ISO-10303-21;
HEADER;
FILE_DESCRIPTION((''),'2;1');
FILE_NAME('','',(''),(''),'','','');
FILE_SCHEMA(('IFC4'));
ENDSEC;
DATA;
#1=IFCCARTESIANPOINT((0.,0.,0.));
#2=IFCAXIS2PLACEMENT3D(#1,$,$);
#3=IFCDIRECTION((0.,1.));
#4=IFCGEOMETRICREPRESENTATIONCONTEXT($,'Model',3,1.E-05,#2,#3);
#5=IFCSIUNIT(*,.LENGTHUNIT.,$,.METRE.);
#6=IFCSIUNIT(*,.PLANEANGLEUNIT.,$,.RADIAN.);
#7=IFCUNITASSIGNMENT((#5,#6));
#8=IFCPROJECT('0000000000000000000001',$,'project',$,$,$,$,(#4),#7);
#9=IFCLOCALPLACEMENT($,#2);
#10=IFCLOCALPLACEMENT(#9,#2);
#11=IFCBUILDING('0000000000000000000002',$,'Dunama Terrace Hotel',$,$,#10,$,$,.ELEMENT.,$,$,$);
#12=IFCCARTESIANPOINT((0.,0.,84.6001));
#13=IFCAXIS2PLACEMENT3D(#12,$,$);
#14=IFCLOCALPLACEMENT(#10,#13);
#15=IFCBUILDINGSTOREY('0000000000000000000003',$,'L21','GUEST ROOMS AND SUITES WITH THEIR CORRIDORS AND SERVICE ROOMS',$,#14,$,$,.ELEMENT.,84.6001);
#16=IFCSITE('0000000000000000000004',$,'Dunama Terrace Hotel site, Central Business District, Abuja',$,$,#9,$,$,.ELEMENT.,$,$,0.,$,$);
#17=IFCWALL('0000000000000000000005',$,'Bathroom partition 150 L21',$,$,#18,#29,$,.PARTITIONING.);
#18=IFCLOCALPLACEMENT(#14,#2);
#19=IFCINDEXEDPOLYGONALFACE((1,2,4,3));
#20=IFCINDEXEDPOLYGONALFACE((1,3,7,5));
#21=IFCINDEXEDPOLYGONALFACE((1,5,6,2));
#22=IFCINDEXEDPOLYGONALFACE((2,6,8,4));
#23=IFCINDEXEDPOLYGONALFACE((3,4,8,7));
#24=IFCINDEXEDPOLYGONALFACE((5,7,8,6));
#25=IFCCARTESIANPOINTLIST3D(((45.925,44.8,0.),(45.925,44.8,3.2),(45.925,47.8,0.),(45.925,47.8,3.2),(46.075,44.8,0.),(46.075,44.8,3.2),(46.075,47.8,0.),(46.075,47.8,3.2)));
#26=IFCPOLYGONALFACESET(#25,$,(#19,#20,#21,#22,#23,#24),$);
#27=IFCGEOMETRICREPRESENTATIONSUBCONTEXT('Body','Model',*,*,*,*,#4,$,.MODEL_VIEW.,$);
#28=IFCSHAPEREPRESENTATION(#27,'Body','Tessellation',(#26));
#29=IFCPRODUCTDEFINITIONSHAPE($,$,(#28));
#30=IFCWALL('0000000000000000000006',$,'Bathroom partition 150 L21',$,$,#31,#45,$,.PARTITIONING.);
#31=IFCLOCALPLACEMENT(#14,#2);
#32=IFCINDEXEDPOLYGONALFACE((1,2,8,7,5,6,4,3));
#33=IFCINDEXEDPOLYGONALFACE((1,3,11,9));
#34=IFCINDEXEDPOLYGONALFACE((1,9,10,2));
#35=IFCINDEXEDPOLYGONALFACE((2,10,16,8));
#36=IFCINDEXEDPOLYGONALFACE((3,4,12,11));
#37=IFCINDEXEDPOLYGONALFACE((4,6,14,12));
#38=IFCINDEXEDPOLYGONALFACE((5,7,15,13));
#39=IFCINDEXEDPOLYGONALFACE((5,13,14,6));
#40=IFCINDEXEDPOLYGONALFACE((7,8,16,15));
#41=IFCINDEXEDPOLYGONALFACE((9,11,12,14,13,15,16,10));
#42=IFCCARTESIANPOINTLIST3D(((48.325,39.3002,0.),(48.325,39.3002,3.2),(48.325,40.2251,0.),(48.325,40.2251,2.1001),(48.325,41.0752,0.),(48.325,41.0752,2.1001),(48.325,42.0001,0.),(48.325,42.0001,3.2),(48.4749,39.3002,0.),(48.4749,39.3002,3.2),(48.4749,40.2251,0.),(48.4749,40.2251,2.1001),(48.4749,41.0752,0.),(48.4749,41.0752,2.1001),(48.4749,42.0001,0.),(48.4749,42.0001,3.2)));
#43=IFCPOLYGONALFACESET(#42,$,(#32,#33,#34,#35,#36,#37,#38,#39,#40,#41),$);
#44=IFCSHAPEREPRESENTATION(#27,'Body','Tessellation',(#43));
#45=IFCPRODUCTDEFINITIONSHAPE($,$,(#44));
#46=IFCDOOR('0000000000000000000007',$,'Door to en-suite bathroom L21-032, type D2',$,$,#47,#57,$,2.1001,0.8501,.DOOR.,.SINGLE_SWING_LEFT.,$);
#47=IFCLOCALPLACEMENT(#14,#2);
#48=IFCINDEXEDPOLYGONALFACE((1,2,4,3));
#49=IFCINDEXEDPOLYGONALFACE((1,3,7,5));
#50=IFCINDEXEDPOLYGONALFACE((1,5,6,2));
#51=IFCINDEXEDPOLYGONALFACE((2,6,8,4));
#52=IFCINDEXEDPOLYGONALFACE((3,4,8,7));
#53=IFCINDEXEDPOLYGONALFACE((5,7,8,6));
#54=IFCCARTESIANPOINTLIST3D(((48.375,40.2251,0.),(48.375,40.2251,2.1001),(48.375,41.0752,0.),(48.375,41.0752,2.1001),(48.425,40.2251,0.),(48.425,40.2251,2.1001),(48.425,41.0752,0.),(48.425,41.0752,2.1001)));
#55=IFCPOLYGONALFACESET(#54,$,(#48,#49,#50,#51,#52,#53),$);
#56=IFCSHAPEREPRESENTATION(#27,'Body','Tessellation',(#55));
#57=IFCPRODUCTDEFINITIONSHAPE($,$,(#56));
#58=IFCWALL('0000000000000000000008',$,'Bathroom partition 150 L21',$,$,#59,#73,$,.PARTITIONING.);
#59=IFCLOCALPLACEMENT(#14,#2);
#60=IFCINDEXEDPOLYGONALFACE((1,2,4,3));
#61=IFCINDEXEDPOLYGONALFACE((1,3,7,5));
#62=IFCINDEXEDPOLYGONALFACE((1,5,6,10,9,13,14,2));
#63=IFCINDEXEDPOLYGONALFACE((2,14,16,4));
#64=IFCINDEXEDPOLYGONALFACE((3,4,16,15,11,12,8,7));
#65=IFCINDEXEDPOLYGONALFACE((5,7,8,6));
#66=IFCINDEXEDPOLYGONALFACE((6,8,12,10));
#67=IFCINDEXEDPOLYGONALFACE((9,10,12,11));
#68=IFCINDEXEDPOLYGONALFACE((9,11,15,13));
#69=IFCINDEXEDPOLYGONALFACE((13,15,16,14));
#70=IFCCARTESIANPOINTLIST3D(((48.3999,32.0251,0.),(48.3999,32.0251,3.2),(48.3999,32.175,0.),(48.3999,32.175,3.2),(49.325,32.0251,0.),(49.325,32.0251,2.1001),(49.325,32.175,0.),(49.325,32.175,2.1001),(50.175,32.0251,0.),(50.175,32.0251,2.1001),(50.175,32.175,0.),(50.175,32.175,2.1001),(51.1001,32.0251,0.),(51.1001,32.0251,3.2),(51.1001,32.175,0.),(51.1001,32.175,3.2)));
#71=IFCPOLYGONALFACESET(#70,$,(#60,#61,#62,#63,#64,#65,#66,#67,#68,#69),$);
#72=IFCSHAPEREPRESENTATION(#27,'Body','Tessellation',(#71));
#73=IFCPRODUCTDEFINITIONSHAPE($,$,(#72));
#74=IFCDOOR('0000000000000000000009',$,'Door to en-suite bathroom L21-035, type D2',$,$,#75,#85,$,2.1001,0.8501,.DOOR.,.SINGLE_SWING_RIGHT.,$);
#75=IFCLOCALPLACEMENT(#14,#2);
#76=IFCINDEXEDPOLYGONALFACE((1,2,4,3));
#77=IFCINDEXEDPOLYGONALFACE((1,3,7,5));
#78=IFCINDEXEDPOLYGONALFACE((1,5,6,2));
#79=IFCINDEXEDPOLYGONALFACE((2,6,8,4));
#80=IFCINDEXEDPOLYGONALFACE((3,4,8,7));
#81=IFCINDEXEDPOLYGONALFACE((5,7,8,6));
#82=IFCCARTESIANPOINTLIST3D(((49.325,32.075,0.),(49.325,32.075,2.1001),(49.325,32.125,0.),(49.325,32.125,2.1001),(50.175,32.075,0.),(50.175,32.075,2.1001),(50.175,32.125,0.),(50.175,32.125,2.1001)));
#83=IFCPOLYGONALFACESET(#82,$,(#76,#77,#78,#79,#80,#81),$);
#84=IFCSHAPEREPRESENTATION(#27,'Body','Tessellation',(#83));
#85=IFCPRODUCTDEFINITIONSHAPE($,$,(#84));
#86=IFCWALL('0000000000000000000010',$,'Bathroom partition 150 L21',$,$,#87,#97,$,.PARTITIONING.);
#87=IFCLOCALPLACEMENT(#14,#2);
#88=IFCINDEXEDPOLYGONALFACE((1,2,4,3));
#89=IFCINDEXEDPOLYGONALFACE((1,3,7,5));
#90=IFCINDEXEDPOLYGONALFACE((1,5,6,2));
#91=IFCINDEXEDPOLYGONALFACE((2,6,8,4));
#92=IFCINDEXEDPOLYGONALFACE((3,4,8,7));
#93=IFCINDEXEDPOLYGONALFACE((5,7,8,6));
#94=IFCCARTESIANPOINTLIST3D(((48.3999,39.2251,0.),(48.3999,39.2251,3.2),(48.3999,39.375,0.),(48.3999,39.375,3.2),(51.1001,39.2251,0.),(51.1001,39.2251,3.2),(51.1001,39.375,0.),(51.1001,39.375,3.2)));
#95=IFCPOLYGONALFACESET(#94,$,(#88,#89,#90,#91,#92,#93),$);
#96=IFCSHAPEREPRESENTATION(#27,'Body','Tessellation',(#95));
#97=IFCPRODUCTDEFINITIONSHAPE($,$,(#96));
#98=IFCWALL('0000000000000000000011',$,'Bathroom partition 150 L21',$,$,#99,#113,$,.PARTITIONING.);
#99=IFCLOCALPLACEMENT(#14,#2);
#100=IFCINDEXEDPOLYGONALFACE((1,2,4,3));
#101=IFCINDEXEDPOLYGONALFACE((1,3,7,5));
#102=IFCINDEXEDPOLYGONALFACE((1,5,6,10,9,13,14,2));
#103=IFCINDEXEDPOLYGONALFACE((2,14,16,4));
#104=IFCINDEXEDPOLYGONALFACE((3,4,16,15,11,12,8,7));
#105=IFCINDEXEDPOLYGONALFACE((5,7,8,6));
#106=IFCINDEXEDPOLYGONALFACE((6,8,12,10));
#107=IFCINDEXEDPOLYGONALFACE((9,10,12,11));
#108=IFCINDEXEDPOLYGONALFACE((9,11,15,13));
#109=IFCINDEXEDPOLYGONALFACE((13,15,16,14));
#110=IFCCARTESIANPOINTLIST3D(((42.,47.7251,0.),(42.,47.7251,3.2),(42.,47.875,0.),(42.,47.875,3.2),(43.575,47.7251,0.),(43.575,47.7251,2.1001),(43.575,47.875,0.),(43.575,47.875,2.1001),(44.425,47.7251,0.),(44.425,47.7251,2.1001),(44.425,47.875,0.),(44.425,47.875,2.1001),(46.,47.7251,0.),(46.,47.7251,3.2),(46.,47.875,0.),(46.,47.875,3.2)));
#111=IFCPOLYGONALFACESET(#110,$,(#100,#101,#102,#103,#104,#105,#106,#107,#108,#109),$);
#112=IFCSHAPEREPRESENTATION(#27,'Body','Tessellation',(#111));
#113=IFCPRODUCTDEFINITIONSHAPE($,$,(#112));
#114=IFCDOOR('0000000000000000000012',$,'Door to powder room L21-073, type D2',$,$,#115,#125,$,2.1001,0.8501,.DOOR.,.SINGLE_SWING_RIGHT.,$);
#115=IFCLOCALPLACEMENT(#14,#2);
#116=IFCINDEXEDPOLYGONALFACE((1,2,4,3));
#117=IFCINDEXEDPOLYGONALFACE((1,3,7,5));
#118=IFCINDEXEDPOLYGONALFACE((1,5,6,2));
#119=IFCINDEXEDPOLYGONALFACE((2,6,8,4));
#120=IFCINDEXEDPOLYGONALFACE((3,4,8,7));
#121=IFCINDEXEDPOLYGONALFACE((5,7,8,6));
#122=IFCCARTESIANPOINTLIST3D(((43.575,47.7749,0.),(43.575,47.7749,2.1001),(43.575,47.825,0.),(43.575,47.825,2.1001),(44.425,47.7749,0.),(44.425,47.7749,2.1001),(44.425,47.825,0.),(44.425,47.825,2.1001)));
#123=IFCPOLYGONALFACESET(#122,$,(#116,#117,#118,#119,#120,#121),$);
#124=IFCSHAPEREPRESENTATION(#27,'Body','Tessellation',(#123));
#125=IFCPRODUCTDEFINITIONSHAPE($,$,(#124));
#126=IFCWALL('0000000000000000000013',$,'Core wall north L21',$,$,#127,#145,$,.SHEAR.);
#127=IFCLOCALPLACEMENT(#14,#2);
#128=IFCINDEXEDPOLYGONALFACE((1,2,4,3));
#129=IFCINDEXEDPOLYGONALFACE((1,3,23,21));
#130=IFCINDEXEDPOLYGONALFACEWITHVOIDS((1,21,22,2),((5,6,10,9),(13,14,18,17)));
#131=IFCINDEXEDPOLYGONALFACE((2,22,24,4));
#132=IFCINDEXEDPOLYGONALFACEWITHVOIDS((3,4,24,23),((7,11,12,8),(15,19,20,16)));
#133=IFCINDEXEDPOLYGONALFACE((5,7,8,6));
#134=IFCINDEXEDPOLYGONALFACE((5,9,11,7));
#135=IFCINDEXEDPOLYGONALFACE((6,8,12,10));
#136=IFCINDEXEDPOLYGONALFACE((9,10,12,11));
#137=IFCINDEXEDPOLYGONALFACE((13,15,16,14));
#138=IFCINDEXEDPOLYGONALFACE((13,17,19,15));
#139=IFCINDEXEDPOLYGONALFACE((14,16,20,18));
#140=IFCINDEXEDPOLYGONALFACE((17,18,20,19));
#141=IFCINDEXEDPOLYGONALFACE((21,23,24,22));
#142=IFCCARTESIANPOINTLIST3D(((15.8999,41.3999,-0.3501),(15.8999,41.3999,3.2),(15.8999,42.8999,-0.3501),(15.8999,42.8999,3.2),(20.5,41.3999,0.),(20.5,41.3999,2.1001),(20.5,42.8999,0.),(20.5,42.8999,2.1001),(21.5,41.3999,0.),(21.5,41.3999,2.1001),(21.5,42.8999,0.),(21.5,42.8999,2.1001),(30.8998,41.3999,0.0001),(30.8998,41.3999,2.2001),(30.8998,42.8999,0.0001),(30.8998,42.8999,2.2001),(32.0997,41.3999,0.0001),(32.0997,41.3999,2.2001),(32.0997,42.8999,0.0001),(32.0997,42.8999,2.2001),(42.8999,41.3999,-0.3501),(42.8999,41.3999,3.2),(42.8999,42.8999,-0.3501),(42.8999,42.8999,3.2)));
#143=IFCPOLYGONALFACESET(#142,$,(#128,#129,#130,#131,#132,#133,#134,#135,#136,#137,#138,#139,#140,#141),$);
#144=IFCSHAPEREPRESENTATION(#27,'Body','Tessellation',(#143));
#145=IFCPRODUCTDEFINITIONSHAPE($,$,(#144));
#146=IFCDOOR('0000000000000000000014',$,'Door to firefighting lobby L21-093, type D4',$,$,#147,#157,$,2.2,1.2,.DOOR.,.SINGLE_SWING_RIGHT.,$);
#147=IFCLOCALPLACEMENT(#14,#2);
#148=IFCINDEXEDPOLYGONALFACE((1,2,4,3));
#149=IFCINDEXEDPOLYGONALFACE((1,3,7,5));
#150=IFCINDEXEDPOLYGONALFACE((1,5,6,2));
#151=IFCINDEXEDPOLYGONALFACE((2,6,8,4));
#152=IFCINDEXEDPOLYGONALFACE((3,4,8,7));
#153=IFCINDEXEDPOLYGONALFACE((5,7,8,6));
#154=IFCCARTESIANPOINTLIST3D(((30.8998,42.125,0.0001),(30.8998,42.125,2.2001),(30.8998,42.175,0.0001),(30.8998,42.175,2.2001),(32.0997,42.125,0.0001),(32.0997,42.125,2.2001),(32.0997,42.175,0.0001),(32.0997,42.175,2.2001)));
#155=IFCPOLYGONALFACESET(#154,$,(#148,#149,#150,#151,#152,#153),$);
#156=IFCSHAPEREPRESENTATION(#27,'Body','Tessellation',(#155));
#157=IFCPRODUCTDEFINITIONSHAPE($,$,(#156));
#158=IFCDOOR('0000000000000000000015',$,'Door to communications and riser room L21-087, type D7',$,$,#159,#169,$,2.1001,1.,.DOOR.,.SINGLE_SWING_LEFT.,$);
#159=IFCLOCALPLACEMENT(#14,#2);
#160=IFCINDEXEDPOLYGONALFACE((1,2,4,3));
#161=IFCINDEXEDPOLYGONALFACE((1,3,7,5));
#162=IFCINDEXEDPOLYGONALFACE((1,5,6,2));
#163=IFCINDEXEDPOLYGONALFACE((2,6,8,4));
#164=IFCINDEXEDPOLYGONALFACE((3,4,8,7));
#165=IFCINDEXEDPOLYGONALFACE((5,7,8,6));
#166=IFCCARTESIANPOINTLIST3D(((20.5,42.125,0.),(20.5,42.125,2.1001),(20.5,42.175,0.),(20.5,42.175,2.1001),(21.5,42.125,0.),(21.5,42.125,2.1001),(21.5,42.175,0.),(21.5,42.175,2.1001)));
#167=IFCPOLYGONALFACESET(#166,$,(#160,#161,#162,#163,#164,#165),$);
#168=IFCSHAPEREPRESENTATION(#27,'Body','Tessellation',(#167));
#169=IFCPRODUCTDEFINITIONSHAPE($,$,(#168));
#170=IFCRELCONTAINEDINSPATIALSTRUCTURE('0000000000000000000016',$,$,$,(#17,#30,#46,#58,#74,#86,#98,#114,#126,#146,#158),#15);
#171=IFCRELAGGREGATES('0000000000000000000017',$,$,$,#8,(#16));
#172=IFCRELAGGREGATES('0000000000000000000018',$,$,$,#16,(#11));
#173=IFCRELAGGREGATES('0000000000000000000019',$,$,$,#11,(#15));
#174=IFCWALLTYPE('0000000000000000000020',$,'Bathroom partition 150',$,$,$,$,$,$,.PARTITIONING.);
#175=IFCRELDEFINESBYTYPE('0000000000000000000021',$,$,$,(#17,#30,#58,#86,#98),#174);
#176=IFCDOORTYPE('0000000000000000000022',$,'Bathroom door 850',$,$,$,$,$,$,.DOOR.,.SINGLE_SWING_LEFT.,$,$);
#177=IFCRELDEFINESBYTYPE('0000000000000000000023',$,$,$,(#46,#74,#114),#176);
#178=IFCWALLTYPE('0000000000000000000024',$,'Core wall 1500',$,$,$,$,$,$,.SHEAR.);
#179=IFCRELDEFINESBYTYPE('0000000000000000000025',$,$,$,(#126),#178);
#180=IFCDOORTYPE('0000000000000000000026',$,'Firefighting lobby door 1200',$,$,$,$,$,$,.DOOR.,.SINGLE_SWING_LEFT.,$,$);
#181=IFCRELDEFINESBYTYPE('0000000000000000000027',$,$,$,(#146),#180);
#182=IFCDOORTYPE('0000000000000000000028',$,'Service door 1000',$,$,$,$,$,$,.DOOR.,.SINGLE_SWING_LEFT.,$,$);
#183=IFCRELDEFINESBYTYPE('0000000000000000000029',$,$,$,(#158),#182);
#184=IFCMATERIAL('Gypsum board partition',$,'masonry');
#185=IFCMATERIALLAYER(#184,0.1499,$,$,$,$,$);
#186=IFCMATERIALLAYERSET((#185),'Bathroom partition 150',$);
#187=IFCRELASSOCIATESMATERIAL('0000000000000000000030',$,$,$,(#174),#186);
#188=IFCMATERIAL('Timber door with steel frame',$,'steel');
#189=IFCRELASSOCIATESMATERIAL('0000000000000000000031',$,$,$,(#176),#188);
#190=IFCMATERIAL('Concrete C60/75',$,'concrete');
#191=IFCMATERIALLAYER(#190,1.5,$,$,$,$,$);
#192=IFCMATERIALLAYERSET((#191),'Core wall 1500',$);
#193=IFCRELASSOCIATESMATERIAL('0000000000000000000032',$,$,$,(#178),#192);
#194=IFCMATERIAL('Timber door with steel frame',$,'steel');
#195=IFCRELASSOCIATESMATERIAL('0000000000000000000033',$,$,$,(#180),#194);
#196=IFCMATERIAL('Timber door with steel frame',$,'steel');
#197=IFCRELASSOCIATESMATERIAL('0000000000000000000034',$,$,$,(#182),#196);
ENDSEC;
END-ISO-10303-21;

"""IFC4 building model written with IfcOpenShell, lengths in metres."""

from ifc_helpers import new_model, si_unit, direction, frame, frame_2d, origin, place, context, subcontext, project, spatial, rectangle, extrude, material, layer, layer_set, type_object, element, fill, save


model = new_model("IFC4")

# Units and contexts
model_context = context("Model", 3, precision=1e-05, world=origin(), true_north=direction((0.0, 1.0)))
body_context = subcontext(model_context, "Body", "Model", "MODEL_VIEW")
ifc_project = project(units=[si_unit("LENGTHUNIT", "METRE"), si_unit("PLANEANGLEUNIT", "RADIAN")], contexts=[model_context])

# Site, building, storey
site_placement = place(None, origin())
site = spatial("IfcSite", under=ifc_project, at=site_placement, Name="Dunama Terrace Hotel site, Central Business District, Abuja", CompositionType="ELEMENT", RefElevation=0.0)
building_placement = place(site_placement, origin())
building = spatial("IfcBuilding", under=site, at=building_placement, Name="Dunama Terrace Hotel", CompositionType="ELEMENT")
storey_placement = place(building_placement, frame((0.0, 0.0, 84.6001)))
storey = spatial("IfcBuildingStorey", under=building, at=storey_placement, Name="L21", Description="GUEST ROOMS AND SUITES WITH THEIR CORRIDORS AND SERVICE ROOMS", CompositionType="ELEMENT", Elevation=84.6001)

# Wall
ifc_material_1 = material(Name="Gypsum board partition", Category="masonry")
ifc_layer_1 = layer(ifc_material_1, 0.1499)
ifc_layer_set_1 = layer_set([ifc_layer_1], Name="Bathroom partition 150")
wall_type_1 = type_object("IfcWallType", Name="Bathroom partition 150", PredefinedType="PARTITIONING", material=ifc_layer_set_1)
wall_1_placement = place(storey_placement, frame((46.0, 44.8, 0.0), z_axis=(0.0, 0.0, 1.0), x_axis=(0.0, 1.0, 0.0)))
element("IfcWall", 1, at=wall_1_placement, inside=storey, type_object=wall_type_1, Name="Bathroom partition 150 L21", PredefinedType="PARTITIONING", context=body_context, shape_type="SweptSolid", body=[
    extrude(rectangle(XDim=3.0, YDim=0.1499, at=frame_2d((1.5, 0.0))), origin(), (0.0, 0.0, 1.0), 3.2),
])

# Walls, openings, doors
wall_2_placement = place(storey_placement, frame((48.3999, 39.3, 0.0), z_axis=(0.0, 0.0, 1.0), x_axis=(0.0, 1.0, 0.0)))
wall_2 = element("IfcWall", 2, at=wall_2_placement, inside=storey, type_object=wall_type_1, Name="Bathroom partition 150 L21", PredefinedType="PARTITIONING", context=body_context, shape_type="SweptSolid", body=[
    extrude(rectangle(XDim=2.7, YDim=0.1499, at=frame_2d((1.3501, 0.0))), origin(), (0.0, 0.0, 1.0), 3.2),
])
opening_1_placement = place(wall_2_placement, frame((0.925, 0.0, 0.0)))
opening_1 = element("IfcOpeningElement", 3, at=opening_1_placement, cuts=wall_2, PredefinedType="OPENING", context=body_context, shape_type="SweptSolid", body=[
    extrude(rectangle(XDim=0.8501, YDim=2.1001, at=frame_2d((0.425, 1.05))), frame((0.0, 0.085, 0.0), z_axis=(0.0, -1.0, 0.0), x_axis=(1.0, 0.0, 0.0)), (0.0, 0.0, 1.0), 0.1699),
])
ifc_material_2 = material(Name="Timber door with steel frame", Category="steel")
door_type_1 = type_object("IfcDoorType", Name="Bathroom door 850", OperationType="SINGLE_SWING_LEFT", PredefinedType="DOOR", material=ifc_material_2)
door_1_placement = place(opening_1_placement, frame((0.8501, 0.0, 0.0), z_axis=(0.0, 0.0, 1.0), x_axis=(-1.0, 0.0, 0.0)))
door_1 = element("IfcDoor", 4, at=door_1_placement, inside=storey, type_object=door_type_1, Name="Door to en-suite bathroom L21-032, type D2", OperationType="SINGLE_SWING_LEFT", OverallHeight=2.1001, OverallWidth=0.8501, PredefinedType="DOOR", context=body_context, shape_type="SweptSolid", body=[
    extrude(rectangle(XDim=0.8501, YDim=2.1001, at=frame_2d((0.425, 1.05))), frame((0.0, 0.0251, 0.0), z_axis=(0.0, -1.0, 0.0), x_axis=(1.0, 0.0, 0.0)), (0.0, 0.0, 1.0), 0.05),
])
fill(opening_1, door_1)
wall_3_placement = place(storey_placement, frame((48.3999, 32.1001, 0.0), z_axis=(0.0, 0.0, 1.0), x_axis=(1.0, 0.0, 0.0)))
wall_3 = element("IfcWall", 5, at=wall_3_placement, inside=storey, type_object=wall_type_1, Name="Bathroom partition 150 L21", PredefinedType="PARTITIONING", context=body_context, shape_type="SweptSolid", body=[
    extrude(rectangle(XDim=2.7002, YDim=0.1499, at=frame_2d((1.3501, 0.0))), origin(), (0.0, 0.0, 1.0), 3.2),
])
opening_2_placement = place(wall_3_placement, frame((0.925, 0.0, 0.0)))
opening_2 = element("IfcOpeningElement", 6, at=opening_2_placement, cuts=wall_3, PredefinedType="OPENING", context=body_context, shape_type="SweptSolid", body=[
    extrude(rectangle(XDim=0.8501, YDim=2.1001, at=frame_2d((0.425, 1.05))), frame((0.0, 0.085, 0.0), z_axis=(0.0, -1.0, 0.0), x_axis=(1.0, 0.0, 0.0)), (0.0, 0.0, 1.0), 0.1699),
])
door_2_placement = place(opening_2_placement, frame((0.8501, 0.0, 0.0), z_axis=(0.0, 0.0, 1.0), x_axis=(-1.0, 0.0, 0.0)))
door_2 = element("IfcDoor", 7, at=door_2_placement, inside=storey, type_object=door_type_1, Name="Door to en-suite bathroom L21-035, type D2", OperationType="SINGLE_SWING_RIGHT", OverallHeight=2.1001, OverallWidth=0.8501, PredefinedType="DOOR", context=body_context, shape_type="SweptSolid", body=[
    extrude(rectangle(XDim=0.8501, YDim=2.1001, at=frame_2d((0.425, 1.05))), frame((0.0, 0.0251, 0.0), z_axis=(0.0, -1.0, 0.0), x_axis=(1.0, 0.0, 0.0)), (0.0, 0.0, 1.0), 0.05),
])
fill(opening_2, door_2)

# Wall
wall_4_placement = place(storey_placement, frame((48.3999, 39.3, 0.0), z_axis=(0.0, 0.0, 1.0), x_axis=(1.0, 0.0, 0.0)))
element("IfcWall", 8, at=wall_4_placement, inside=storey, type_object=wall_type_1, Name="Bathroom partition 150 L21", PredefinedType="PARTITIONING", context=body_context, shape_type="SweptSolid", body=[
    extrude(rectangle(XDim=2.7002, YDim=0.1499, at=frame_2d((1.3501, 0.0))), origin(), (0.0, 0.0, 1.0), 3.2),
])

# Wall, opening, door
wall_5_placement = place(storey_placement, frame((42.0, 47.8, 0.0), z_axis=(0.0, 0.0, 1.0), x_axis=(1.0, 0.0, 0.0)))
wall_5 = element("IfcWall", 9, at=wall_5_placement, inside=storey, type_object=wall_type_1, Name="Bathroom partition 150 L21", PredefinedType="PARTITIONING", context=body_context, shape_type="SweptSolid", body=[
    extrude(rectangle(XDim=4.0, YDim=0.1499, at=frame_2d((2.0, 0.0))), origin(), (0.0, 0.0, 1.0), 3.2),
])
opening_3_placement = place(wall_5_placement, frame((1.575, 0.0, 0.0)))
opening_3 = element("IfcOpeningElement", 10, at=opening_3_placement, cuts=wall_5, PredefinedType="OPENING", context=body_context, shape_type="SweptSolid", body=[
    extrude(rectangle(XDim=0.8501, YDim=2.1001, at=frame_2d((0.425, 1.05))), frame((0.0, 0.085, 0.0), z_axis=(0.0, -1.0, 0.0), x_axis=(1.0, 0.0, 0.0)), (0.0, 0.0, 1.0), 0.1699),
])
door_3_placement = place(opening_3_placement, frame((0.8501, 0.0, 0.0), z_axis=(0.0, 0.0, 1.0), x_axis=(-1.0, 0.0, 0.0)))
door_3 = element("IfcDoor", 11, at=door_3_placement, inside=storey, type_object=door_type_1, Name="Door to powder room L21-073, type D2", OperationType="SINGLE_SWING_RIGHT", OverallHeight=2.1001, OverallWidth=0.8501, PredefinedType="DOOR", context=body_context, shape_type="SweptSolid", body=[
    extrude(rectangle(XDim=0.8501, YDim=2.1001, at=frame_2d((0.425, 1.05))), frame((0.0, 0.0251, 0.0), z_axis=(0.0, -1.0, 0.0), x_axis=(1.0, 0.0, 0.0)), (0.0, 0.0, 1.0), 0.05),
])
fill(opening_3, door_3)

# Wall, openings, doors
ifc_material_3 = material(Name="Concrete C60/75", Category="concrete")
ifc_layer_2 = layer(ifc_material_3, 1.5)
ifc_layer_set_2 = layer_set([ifc_layer_2], Name="Core wall 1500")
wall_type_2 = type_object("IfcWallType", Name="Core wall 1500", PredefinedType="SHEAR", material=ifc_layer_set_2)
wall_6_placement = place(storey_placement, frame((42.8999, 42.1499, -0.3501), z_axis=(0.0, 0.0, 1.0), x_axis=(-1.0, 0.0, 0.0)))
wall_6 = element("IfcWall", 12, at=wall_6_placement, inside=storey, type_object=wall_type_2, Name="Core wall north L21", PredefinedType="SHEAR", context=body_context, shape_type="SweptSolid", body=[
    extrude(rectangle(XDim=27.0, YDim=1.5, at=frame_2d((13.5, 0.0))), origin(), (0.0, 0.0, 1.0), 3.55),
])
opening_4_placement = place(wall_6_placement, frame((21.3999, 0.0, 0.3501)))
opening_4 = element("IfcOpeningElement", 13, at=opening_4_placement, cuts=wall_6, PredefinedType="OPENING", context=body_context, shape_type="SweptSolid", body=[
    extrude(rectangle(XDim=1.0, YDim=2.1001, at=frame_2d((0.5, 1.05))), frame((0.0, 0.76, 0.0), z_axis=(0.0, -1.0, 0.0), x_axis=(1.0, 0.0, 0.0)), (0.0, 0.0, 1.0), 1.52),
])
opening_5_placement = place(wall_6_placement, frame((10.8, 0.0, 0.3501)))
opening_5 = element("IfcOpeningElement", 14, at=opening_5_placement, cuts=wall_6, PredefinedType="OPENING", context=body_context, shape_type="SweptSolid", body=[
    extrude(rectangle(XDim=1.2, YDim=2.2, at=frame_2d((0.6001, 1.1001))), frame((0.0, 0.76, 0.0), z_axis=(0.0, -1.0, 0.0), x_axis=(1.0, 0.0, 0.0)), (0.0, 0.0, 1.0), 1.52),
])
ifc_material_4 = material(Name="Timber door with steel frame", Category="steel")
door_type_2 = type_object("IfcDoorType", Name="Firefighting lobby door 1200", OperationType="SINGLE_SWING_LEFT", PredefinedType="DOOR", material=ifc_material_4)
door_4_placement = place(opening_5_placement, origin())
door_4 = element("IfcDoor", 15, at=door_4_placement, inside=storey, type_object=door_type_2, Name="Door to firefighting lobby L21-093, type D4", OperationType="SINGLE_SWING_RIGHT", OverallHeight=2.2, OverallWidth=1.2, PredefinedType="DOOR", context=body_context, shape_type="SweptSolid", body=[
    extrude(rectangle(XDim=1.2, YDim=2.2, at=frame_2d((0.6001, 1.1001))), frame((0.0, 0.0249, 0.0), z_axis=(0.0, -1.0, 0.0), x_axis=(1.0, 0.0, 0.0)), (0.0, 0.0, 1.0), 0.05),
])
fill(opening_5, door_4)
ifc_material_5 = material(Name="Timber door with steel frame", Category="steel")
door_type_3 = type_object("IfcDoorType", Name="Service door 1000", OperationType="SINGLE_SWING_LEFT", PredefinedType="DOOR", material=ifc_material_5)
door_5_placement = place(opening_4_placement, origin())
door_5 = element("IfcDoor", 16, at=door_5_placement, inside=storey, type_object=door_type_3, Name="Door to communications and riser room L21-087, type D7", OperationType="SINGLE_SWING_LEFT", OverallHeight=2.1001, OverallWidth=1.0, PredefinedType="DOOR", context=body_context, shape_type="SweptSolid", body=[
    extrude(rectangle(XDim=1.0, YDim=2.1001, at=frame_2d((0.5, 1.05))), frame((0.0, 0.0249, 0.0), z_axis=(0.0, -1.0, 0.0), x_axis=(1.0, 0.0, 0.0)), (0.0, 0.0, 1.0), 0.05),
])
fill(opening_4, door_5)

save(model, "model.ifc")
